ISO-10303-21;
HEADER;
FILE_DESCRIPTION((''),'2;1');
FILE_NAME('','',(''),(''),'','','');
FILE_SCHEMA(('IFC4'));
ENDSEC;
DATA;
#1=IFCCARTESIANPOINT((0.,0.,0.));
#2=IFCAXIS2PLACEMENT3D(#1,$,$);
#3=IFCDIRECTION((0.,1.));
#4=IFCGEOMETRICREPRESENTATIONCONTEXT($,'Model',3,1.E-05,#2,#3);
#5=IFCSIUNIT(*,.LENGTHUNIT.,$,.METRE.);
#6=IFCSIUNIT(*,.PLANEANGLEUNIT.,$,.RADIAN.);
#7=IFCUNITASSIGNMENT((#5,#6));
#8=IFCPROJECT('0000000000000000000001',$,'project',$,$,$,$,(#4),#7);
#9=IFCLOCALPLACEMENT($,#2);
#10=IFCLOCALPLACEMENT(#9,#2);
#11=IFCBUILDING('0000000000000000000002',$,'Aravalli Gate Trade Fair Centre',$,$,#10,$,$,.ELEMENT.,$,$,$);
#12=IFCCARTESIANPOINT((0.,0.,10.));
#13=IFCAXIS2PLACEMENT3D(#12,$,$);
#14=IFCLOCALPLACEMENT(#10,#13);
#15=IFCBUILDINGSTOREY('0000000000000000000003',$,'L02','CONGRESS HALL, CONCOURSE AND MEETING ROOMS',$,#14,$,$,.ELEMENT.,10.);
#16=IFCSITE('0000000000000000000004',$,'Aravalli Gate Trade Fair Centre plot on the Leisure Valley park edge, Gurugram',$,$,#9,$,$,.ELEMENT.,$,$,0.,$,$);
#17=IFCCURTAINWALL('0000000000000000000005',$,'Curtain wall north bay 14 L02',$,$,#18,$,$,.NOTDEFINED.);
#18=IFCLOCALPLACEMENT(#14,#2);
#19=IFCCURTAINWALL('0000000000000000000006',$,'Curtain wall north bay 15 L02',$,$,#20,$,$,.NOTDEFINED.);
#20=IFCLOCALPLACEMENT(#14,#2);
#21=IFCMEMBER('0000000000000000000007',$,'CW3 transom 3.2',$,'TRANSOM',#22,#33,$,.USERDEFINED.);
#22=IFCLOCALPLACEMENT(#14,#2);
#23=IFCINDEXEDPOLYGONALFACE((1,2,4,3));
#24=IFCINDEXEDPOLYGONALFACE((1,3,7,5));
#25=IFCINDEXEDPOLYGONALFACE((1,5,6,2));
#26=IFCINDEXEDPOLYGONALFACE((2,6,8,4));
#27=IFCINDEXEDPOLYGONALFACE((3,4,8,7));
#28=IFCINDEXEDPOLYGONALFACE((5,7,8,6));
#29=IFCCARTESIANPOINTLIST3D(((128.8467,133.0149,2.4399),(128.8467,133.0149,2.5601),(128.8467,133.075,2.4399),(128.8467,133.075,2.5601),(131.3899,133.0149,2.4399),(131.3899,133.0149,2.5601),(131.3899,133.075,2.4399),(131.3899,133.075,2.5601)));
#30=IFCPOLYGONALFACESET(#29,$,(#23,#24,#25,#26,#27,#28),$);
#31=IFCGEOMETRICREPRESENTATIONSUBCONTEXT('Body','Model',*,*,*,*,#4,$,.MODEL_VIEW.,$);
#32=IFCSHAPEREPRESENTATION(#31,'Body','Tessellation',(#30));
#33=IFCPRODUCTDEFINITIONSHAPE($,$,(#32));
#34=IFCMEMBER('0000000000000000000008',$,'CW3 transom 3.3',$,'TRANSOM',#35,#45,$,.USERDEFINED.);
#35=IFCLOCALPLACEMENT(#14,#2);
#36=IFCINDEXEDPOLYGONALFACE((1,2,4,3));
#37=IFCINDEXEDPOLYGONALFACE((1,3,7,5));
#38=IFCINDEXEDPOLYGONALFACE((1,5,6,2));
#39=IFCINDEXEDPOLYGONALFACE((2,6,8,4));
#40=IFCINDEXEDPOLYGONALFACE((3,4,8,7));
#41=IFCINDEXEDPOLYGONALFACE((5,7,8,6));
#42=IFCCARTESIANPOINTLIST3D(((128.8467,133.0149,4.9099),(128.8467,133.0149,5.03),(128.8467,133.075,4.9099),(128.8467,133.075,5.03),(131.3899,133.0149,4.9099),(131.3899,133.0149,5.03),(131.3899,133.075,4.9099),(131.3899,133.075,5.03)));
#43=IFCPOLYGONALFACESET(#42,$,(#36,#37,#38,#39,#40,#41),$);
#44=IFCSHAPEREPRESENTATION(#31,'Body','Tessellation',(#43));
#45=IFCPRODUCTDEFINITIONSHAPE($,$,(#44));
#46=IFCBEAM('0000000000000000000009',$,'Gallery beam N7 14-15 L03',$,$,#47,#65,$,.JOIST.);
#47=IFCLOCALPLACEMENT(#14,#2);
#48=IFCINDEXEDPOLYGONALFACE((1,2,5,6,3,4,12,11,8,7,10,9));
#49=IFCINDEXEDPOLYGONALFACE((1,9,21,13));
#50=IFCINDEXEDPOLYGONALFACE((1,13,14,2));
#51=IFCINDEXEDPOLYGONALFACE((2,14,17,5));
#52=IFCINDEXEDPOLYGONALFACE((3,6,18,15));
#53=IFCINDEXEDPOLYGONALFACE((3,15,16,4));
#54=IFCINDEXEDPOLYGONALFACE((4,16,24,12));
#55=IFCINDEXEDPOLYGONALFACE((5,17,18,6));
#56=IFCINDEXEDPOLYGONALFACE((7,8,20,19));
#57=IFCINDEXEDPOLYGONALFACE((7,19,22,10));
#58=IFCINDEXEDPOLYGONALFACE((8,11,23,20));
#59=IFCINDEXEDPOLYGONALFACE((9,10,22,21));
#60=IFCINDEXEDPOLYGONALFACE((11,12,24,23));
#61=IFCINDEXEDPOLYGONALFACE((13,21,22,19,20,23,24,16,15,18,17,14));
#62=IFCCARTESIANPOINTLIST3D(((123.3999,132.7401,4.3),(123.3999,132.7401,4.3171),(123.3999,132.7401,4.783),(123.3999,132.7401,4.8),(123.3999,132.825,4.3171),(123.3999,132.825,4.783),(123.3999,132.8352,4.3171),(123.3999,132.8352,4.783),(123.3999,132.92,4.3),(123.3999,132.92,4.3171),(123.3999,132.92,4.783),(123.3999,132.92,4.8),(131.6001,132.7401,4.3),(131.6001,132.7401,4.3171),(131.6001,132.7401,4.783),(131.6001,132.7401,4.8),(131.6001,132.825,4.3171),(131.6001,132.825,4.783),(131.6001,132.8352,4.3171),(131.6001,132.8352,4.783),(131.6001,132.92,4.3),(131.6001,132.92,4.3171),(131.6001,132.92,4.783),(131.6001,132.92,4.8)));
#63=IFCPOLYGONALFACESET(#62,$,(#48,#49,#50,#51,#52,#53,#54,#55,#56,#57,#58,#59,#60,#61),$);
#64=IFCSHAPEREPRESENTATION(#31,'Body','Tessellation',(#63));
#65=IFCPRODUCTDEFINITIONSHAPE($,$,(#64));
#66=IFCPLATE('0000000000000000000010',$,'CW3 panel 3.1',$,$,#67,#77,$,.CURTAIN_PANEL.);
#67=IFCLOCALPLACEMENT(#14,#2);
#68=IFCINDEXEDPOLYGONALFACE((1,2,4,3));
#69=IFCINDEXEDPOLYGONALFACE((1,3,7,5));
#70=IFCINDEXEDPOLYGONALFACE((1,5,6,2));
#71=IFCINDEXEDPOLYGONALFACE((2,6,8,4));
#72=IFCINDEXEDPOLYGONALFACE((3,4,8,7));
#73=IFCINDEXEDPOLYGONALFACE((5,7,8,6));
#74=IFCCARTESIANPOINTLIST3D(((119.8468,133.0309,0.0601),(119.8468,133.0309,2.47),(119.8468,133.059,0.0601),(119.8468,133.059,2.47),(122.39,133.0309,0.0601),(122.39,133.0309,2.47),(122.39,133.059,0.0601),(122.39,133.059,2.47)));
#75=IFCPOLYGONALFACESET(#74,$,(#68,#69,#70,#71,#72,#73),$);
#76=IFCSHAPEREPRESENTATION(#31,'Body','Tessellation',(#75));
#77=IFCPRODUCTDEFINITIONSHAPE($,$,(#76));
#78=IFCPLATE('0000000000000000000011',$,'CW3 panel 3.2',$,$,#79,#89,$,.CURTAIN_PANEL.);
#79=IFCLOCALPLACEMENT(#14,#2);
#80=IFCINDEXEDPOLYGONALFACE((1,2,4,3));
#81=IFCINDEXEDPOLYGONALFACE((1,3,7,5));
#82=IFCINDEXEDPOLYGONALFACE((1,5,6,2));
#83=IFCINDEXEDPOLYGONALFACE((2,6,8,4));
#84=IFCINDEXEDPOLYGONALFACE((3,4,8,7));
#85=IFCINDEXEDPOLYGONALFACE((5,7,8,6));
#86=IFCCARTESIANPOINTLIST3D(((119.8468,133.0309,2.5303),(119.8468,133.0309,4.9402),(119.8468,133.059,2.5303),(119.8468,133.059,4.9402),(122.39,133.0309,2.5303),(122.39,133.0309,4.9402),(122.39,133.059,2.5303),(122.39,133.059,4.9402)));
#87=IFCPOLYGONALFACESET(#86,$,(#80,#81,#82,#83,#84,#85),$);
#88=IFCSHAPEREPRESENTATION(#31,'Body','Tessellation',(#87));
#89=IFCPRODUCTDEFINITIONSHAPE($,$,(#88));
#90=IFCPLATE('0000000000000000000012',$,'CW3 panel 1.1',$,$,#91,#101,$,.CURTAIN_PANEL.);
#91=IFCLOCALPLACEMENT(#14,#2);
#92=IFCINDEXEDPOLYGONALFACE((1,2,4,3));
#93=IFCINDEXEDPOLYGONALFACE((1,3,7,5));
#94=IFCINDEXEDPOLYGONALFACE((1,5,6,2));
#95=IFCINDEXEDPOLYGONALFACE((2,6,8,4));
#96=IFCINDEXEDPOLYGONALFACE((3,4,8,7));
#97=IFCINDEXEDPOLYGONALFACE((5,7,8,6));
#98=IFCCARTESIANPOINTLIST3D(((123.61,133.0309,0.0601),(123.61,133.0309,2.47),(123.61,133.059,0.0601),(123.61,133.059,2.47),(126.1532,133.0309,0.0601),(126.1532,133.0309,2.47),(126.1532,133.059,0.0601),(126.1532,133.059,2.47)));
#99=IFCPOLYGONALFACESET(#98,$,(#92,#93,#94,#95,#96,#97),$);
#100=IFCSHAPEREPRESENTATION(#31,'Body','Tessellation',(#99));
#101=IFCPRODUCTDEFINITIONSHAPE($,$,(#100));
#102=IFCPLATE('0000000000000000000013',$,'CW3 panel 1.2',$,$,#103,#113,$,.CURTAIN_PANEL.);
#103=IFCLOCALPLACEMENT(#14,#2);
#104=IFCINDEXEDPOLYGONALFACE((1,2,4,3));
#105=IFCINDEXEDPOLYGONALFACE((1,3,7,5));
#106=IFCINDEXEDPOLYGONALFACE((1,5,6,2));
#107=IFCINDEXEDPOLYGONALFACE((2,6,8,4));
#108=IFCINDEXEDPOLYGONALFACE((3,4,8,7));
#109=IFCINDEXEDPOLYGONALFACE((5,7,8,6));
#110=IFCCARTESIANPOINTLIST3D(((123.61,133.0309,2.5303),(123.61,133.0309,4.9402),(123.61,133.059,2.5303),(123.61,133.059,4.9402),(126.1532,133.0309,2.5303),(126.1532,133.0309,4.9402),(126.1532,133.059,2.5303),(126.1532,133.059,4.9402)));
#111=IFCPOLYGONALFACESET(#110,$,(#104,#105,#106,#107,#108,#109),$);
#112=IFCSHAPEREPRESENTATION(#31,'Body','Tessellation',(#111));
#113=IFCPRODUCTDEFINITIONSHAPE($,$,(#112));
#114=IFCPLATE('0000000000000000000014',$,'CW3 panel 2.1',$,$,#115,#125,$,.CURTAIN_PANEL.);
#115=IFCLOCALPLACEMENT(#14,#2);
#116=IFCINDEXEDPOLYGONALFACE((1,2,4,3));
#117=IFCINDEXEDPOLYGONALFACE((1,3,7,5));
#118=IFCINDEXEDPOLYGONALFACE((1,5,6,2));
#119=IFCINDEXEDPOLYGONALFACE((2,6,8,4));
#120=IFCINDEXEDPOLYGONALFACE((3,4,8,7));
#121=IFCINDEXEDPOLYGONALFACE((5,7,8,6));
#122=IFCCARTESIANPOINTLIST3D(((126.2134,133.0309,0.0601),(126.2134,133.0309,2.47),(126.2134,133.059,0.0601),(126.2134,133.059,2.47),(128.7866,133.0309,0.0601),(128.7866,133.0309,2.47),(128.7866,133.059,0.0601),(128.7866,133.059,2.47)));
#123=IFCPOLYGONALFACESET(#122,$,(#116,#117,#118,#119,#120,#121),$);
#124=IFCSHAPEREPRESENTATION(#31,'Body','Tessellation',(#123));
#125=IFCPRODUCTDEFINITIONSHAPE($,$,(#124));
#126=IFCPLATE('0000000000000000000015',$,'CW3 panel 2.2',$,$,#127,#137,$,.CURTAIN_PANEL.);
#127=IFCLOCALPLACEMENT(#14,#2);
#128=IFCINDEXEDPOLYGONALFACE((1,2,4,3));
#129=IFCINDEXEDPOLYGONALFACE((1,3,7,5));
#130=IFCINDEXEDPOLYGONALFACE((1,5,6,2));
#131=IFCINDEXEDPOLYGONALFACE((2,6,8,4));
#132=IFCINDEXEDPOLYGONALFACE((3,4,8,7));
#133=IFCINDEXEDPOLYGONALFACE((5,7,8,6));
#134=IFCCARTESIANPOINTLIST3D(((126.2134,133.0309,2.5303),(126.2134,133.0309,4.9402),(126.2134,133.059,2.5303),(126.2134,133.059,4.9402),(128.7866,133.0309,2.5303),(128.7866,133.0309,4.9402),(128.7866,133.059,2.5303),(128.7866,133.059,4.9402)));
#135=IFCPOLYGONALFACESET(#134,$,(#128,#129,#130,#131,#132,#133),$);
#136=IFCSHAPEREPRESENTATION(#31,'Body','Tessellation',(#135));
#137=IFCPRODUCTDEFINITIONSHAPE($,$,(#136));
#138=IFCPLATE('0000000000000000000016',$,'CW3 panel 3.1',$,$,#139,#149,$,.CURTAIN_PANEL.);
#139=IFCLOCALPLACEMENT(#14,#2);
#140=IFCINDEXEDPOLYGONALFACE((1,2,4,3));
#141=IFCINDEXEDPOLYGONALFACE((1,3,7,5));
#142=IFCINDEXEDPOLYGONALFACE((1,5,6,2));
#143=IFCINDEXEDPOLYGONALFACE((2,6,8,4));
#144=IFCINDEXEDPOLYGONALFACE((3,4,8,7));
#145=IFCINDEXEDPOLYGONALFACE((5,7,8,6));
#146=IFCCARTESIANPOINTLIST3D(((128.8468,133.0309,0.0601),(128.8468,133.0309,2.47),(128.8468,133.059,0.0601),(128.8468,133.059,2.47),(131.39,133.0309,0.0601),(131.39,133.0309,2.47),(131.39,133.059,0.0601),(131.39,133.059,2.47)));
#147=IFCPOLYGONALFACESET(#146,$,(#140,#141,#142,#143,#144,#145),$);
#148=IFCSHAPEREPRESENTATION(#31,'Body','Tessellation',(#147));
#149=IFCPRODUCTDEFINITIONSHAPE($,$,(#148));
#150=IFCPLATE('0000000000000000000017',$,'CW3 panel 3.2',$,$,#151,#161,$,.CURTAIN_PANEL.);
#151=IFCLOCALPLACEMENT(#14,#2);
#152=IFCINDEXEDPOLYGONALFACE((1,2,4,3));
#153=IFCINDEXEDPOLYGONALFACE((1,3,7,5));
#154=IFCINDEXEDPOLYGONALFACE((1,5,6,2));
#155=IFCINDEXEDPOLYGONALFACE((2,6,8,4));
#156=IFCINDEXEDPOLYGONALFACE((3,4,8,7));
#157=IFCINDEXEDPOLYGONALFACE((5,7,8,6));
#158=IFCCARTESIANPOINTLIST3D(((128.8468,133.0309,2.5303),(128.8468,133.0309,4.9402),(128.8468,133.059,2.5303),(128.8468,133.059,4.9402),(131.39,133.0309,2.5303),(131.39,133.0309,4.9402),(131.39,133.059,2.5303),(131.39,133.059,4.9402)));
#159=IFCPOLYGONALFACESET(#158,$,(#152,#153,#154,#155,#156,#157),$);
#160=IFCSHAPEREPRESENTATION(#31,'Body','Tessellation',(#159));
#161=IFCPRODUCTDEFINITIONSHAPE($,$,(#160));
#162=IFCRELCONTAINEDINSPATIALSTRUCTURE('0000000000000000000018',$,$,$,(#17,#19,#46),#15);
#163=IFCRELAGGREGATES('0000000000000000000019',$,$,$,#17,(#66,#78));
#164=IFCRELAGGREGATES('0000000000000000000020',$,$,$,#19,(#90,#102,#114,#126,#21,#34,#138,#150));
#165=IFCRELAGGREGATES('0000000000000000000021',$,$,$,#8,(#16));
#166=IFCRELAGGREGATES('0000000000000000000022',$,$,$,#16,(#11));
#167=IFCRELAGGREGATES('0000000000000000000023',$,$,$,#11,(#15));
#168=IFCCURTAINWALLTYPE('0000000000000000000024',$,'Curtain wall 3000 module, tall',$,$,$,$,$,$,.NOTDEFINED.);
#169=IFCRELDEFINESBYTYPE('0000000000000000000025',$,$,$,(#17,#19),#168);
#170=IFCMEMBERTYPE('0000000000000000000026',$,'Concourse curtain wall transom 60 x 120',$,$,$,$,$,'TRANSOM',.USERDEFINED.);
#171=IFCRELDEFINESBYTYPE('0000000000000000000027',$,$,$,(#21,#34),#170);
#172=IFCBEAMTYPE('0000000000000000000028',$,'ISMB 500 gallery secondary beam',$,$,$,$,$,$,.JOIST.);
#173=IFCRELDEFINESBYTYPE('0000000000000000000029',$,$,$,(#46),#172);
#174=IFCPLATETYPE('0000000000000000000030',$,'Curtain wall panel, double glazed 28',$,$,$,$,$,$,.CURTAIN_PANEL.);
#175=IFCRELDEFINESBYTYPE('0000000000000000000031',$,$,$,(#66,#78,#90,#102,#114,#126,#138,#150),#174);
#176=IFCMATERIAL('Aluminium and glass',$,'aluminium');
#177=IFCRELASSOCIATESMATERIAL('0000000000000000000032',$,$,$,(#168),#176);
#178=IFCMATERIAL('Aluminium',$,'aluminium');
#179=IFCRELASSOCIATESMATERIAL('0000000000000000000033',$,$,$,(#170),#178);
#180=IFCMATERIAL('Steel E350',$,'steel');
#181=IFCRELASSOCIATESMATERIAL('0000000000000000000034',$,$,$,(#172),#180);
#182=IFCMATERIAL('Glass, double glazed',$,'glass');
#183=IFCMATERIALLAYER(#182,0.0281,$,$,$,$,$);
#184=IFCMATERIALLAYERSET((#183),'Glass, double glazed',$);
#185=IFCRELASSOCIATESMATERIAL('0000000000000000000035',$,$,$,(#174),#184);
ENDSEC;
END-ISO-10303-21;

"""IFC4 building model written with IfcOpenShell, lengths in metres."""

from ifc_helpers import new_model, si_unit, direction, frame, origin, origin_2d, place, context, subcontext, project, spatial, rectangle, i_section, extrude, material, layer, layer_set, material_profile, profile_set, type_object, element, aggregate, save


model = new_model("IFC4")

# Units and contexts
model_context = context("Model", 3, precision=1e-05, world=origin(), true_north=direction((0.0, 1.0)))
body_context = subcontext(model_context, "Body", "Model", "MODEL_VIEW")
ifc_project = project(units=[si_unit("LENGTHUNIT", "METRE"), si_unit("PLANEANGLEUNIT", "RADIAN")], contexts=[model_context])

# Site, building, storey
site_placement = place(None, origin())
site = spatial("IfcSite", under=ifc_project, at=site_placement, Name="Aravalli Gate Trade Fair Centre plot on the Leisure Valley park edge, Gurugram", CompositionType="ELEMENT", RefElevation=0.0)
building_placement = place(site_placement, origin())
building = spatial("IfcBuilding", under=site, at=building_placement, Name="Aravalli Gate Trade Fair Centre", CompositionType="ELEMENT")
storey_placement = place(building_placement, frame((0.0, 0.0, 10.0)))
storey = spatial("IfcBuildingStorey", under=building, at=storey_placement, Name="L02", Description="CONGRESS HALL, CONCOURSE AND MEETING ROOMS", CompositionType="ELEMENT", Elevation=10.0)

# Curtain wall
ifc_material_1 = material(Name="Aluminium and glass", Category="aluminium")
curtain_wall_type = type_object("IfcCurtainWallType", Name="Curtain wall 3000 module, tall", PredefinedType="NOTDEFINED", material=ifc_material_1)
curtain_wall_1_placement = place(storey_placement, origin())
curtain_wall_1 = element("IfcCurtainWall", 1, at=curtain_wall_1_placement, inside=storey, type_object=curtain_wall_type, Name="Curtain wall north bay 14 L02", PredefinedType="NOTDEFINED")
ifc_material_2 = material(Name="Aluminium", Category="aluminium")

# Curtain wall
curtain_wall_2_placement = place(storey_placement, origin())
curtain_wall_2 = element("IfcCurtainWall", 2, at=curtain_wall_2_placement, inside=storey, type_object=curtain_wall_type, Name="Curtain wall north bay 15 L02", PredefinedType="NOTDEFINED")

# Members
ifc_material_profile_1 = material_profile(ifc_material_2, rectangle(XDim=0.0601, YDim=0.1201, at=origin_2d()), Name="Concourse curtain wall transom 60 x 120")
ifc_profile_set_1 = profile_set([ifc_material_profile_1], Name="Aluminium")
member_type_1 = type_object("IfcMemberType", Name="Concourse curtain wall transom 60 x 120", ElementType="TRANSOM", PredefinedType="USERDEFINED", material=ifc_profile_set_1)
member_1_placement = place(storey_placement, frame((128.8467, 133.0449, 2.5), z_axis=(1.0, 0.0, 0.0), x_axis=(0.0, 1.0, 0.0)))
member_1 = element("IfcMember", 3, at=member_1_placement, type_object=member_type_1, Name="CW3 transom 3.2", ObjectType="TRANSOM", PredefinedType="USERDEFINED", context=body_context, shape_type="SweptSolid", body=[
    extrude(rectangle(XDim=0.0601, YDim=0.1201, at=origin_2d()), origin(), (0.0, 0.0, 1.0), 2.5432),
])
member_2_placement = place(storey_placement, frame((128.8467, 133.0449, 4.97), z_axis=(1.0, 0.0, 0.0), x_axis=(0.0, 1.0, 0.0)))
member_2 = element("IfcMember", 4, at=member_2_placement, type_object=member_type_1, Name="CW3 transom 3.3", ObjectType="TRANSOM", PredefinedType="USERDEFINED", context=body_context, shape_type="SweptSolid", body=[
    extrude(rectangle(XDim=0.0601, YDim=0.1201, at=origin_2d()), origin(), (0.0, 0.0, 1.0), 2.5432),
])

# Beam
ifc_material_3 = material(Name="Steel E350", Category="steel")
ifc_material_profile_2 = material_profile(ifc_material_3, i_section(OverallWidth=0.1799, OverallDepth=0.5, WebThickness=0.0103, FlangeThickness=0.0171, at=origin_2d()), Name="ISMB 500")
ifc_profile_set_2 = profile_set([ifc_material_profile_2], Name="Steel E350")
beam_type = type_object("IfcBeamType", Name="ISMB 500 gallery secondary beam", PredefinedType="JOIST", material=ifc_profile_set_2)
beam_placement = place(storey_placement, frame((123.3999, 132.8301, 4.55), z_axis=(1.0, 0.0, 0.0), x_axis=(0.0, 1.0, 0.0)))
element("IfcBeam", 5, at=beam_placement, inside=storey, type_object=beam_type, Name="Gallery beam N7 14-15 L03", PredefinedType="JOIST", context=body_context, shape_type="SweptSolid", body=[
    extrude(i_section(OverallWidth=0.1799, OverallDepth=0.5, WebThickness=0.0103, FlangeThickness=0.0171, at=origin_2d()), origin(), (0.0, 0.0, 1.0), 8.2002),
])

# Plates
ifc_material_4 = material(Name="Glass, double glazed", Category="glass")
ifc_layer = layer(ifc_material_4, 0.0281)
ifc_layer_set = layer_set([ifc_layer], Name="Glass, double glazed")
plate_type = type_object("IfcPlateType", Name="Curtain wall panel, double glazed 28", PredefinedType="CURTAIN_PANEL", material=ifc_layer_set)
plate_1_placement = place(storey_placement, frame((121.1184, 133.0449, 0.0601), z_axis=(0.0, 0.0, 1.0), x_axis=(1.0, 0.0, 0.0)))
plate_1 = element("IfcPlate", 6, at=plate_1_placement, type_object=plate_type, Name="CW3 panel 3.1", PredefinedType="CURTAIN_PANEL", context=body_context, shape_type="SweptSolid", body=[
    extrude(rectangle(XDim=2.5432, YDim=0.0281, at=origin_2d()), origin(), (0.0, 0.0, 1.0), 2.4099),
])
plate_2_placement = place(storey_placement, frame((121.1184, 133.0449, 2.5303), z_axis=(0.0, 0.0, 1.0), x_axis=(1.0, 0.0, 0.0)))
plate_2 = element("IfcPlate", 7, at=plate_2_placement, type_object=plate_type, Name="CW3 panel 3.2", PredefinedType="CURTAIN_PANEL", context=body_context, shape_type="SweptSolid", body=[
    extrude(rectangle(XDim=2.5432, YDim=0.0281, at=origin_2d()), origin(), (0.0, 0.0, 1.0), 2.4099),
])
aggregate(curtain_wall_1, [plate_1, plate_2])
plate_3_placement = place(storey_placement, frame((124.8816, 133.0449, 0.0601), z_axis=(0.0, 0.0, 1.0), x_axis=(1.0, 0.0, 0.0)))
plate_3 = element("IfcPlate", 8, at=plate_3_placement, type_object=plate_type, Name="CW3 panel 1.1", PredefinedType="CURTAIN_PANEL", context=body_context, shape_type="SweptSolid", body=[
    extrude(rectangle(XDim=2.5432, YDim=0.0281, at=origin_2d()), origin(), (0.0, 0.0, 1.0), 2.4099),
])
plate_4_placement = place(storey_placement, frame((124.8816, 133.0449, 2.5303), z_axis=(0.0, 0.0, 1.0), x_axis=(1.0, 0.0, 0.0)))
plate_4 = element("IfcPlate", 9, at=plate_4_placement, type_object=plate_type, Name="CW3 panel 1.2", PredefinedType="CURTAIN_PANEL", context=body_context, shape_type="SweptSolid", body=[
    extrude(rectangle(XDim=2.5432, YDim=0.0281, at=origin_2d()), origin(), (0.0, 0.0, 1.0), 2.4099),
])
plate_5_placement = place(storey_placement, frame((127.5, 133.0449, 0.0601), z_axis=(0.0, 0.0, 1.0), x_axis=(1.0, 0.0, 0.0)))
plate_5 = element("IfcPlate", 10, at=plate_5_placement, type_object=plate_type, Name="CW3 panel 2.1", PredefinedType="CURTAIN_PANEL", context=body_context, shape_type="SweptSolid", body=[
    extrude(rectangle(XDim=2.5732, YDim=0.0281, at=origin_2d()), origin(), (0.0, 0.0, 1.0), 2.4099),
])
plate_6_placement = place(storey_placement, frame((127.5, 133.0449, 2.5303), z_axis=(0.0, 0.0, 1.0), x_axis=(1.0, 0.0, 0.0)))
plate_6 = element("IfcPlate", 11, at=plate_6_placement, type_object=plate_type, Name="CW3 panel 2.2", PredefinedType="CURTAIN_PANEL", context=body_context, shape_type="SweptSolid", body=[
    extrude(rectangle(XDim=2.5732, YDim=0.0281, at=origin_2d()), origin(), (0.0, 0.0, 1.0), 2.4099),
])
plate_7_placement = place(storey_placement, frame((130.1184, 133.0449, 0.0601), z_axis=(0.0, 0.0, 1.0), x_axis=(1.0, 0.0, 0.0)))
plate_7 = element("IfcPlate", 12, at=plate_7_placement, type_object=plate_type, Name="CW3 panel 3.1", PredefinedType="CURTAIN_PANEL", context=body_context, shape_type="SweptSolid", body=[
    extrude(rectangle(XDim=2.5432, YDim=0.0281, at=origin_2d()), origin(), (0.0, 0.0, 1.0), 2.4099),
])
plate_8_placement = place(storey_placement, frame((130.1184, 133.0449, 2.5303), z_axis=(0.0, 0.0, 1.0), x_axis=(1.0, 0.0, 0.0)))
plate_8 = element("IfcPlate", 13, at=plate_8_placement, type_object=plate_type, Name="CW3 panel 3.2", PredefinedType="CURTAIN_PANEL", context=body_context, shape_type="SweptSolid", body=[
    extrude(rectangle(XDim=2.5432, YDim=0.0281, at=origin_2d()), origin(), (0.0, 0.0, 1.0), 2.4099),
])
aggregate(curtain_wall_2, [plate_3, plate_4, plate_5, plate_6, member_1, member_2, plate_7, plate_8])

save(model, "model.ifc")
